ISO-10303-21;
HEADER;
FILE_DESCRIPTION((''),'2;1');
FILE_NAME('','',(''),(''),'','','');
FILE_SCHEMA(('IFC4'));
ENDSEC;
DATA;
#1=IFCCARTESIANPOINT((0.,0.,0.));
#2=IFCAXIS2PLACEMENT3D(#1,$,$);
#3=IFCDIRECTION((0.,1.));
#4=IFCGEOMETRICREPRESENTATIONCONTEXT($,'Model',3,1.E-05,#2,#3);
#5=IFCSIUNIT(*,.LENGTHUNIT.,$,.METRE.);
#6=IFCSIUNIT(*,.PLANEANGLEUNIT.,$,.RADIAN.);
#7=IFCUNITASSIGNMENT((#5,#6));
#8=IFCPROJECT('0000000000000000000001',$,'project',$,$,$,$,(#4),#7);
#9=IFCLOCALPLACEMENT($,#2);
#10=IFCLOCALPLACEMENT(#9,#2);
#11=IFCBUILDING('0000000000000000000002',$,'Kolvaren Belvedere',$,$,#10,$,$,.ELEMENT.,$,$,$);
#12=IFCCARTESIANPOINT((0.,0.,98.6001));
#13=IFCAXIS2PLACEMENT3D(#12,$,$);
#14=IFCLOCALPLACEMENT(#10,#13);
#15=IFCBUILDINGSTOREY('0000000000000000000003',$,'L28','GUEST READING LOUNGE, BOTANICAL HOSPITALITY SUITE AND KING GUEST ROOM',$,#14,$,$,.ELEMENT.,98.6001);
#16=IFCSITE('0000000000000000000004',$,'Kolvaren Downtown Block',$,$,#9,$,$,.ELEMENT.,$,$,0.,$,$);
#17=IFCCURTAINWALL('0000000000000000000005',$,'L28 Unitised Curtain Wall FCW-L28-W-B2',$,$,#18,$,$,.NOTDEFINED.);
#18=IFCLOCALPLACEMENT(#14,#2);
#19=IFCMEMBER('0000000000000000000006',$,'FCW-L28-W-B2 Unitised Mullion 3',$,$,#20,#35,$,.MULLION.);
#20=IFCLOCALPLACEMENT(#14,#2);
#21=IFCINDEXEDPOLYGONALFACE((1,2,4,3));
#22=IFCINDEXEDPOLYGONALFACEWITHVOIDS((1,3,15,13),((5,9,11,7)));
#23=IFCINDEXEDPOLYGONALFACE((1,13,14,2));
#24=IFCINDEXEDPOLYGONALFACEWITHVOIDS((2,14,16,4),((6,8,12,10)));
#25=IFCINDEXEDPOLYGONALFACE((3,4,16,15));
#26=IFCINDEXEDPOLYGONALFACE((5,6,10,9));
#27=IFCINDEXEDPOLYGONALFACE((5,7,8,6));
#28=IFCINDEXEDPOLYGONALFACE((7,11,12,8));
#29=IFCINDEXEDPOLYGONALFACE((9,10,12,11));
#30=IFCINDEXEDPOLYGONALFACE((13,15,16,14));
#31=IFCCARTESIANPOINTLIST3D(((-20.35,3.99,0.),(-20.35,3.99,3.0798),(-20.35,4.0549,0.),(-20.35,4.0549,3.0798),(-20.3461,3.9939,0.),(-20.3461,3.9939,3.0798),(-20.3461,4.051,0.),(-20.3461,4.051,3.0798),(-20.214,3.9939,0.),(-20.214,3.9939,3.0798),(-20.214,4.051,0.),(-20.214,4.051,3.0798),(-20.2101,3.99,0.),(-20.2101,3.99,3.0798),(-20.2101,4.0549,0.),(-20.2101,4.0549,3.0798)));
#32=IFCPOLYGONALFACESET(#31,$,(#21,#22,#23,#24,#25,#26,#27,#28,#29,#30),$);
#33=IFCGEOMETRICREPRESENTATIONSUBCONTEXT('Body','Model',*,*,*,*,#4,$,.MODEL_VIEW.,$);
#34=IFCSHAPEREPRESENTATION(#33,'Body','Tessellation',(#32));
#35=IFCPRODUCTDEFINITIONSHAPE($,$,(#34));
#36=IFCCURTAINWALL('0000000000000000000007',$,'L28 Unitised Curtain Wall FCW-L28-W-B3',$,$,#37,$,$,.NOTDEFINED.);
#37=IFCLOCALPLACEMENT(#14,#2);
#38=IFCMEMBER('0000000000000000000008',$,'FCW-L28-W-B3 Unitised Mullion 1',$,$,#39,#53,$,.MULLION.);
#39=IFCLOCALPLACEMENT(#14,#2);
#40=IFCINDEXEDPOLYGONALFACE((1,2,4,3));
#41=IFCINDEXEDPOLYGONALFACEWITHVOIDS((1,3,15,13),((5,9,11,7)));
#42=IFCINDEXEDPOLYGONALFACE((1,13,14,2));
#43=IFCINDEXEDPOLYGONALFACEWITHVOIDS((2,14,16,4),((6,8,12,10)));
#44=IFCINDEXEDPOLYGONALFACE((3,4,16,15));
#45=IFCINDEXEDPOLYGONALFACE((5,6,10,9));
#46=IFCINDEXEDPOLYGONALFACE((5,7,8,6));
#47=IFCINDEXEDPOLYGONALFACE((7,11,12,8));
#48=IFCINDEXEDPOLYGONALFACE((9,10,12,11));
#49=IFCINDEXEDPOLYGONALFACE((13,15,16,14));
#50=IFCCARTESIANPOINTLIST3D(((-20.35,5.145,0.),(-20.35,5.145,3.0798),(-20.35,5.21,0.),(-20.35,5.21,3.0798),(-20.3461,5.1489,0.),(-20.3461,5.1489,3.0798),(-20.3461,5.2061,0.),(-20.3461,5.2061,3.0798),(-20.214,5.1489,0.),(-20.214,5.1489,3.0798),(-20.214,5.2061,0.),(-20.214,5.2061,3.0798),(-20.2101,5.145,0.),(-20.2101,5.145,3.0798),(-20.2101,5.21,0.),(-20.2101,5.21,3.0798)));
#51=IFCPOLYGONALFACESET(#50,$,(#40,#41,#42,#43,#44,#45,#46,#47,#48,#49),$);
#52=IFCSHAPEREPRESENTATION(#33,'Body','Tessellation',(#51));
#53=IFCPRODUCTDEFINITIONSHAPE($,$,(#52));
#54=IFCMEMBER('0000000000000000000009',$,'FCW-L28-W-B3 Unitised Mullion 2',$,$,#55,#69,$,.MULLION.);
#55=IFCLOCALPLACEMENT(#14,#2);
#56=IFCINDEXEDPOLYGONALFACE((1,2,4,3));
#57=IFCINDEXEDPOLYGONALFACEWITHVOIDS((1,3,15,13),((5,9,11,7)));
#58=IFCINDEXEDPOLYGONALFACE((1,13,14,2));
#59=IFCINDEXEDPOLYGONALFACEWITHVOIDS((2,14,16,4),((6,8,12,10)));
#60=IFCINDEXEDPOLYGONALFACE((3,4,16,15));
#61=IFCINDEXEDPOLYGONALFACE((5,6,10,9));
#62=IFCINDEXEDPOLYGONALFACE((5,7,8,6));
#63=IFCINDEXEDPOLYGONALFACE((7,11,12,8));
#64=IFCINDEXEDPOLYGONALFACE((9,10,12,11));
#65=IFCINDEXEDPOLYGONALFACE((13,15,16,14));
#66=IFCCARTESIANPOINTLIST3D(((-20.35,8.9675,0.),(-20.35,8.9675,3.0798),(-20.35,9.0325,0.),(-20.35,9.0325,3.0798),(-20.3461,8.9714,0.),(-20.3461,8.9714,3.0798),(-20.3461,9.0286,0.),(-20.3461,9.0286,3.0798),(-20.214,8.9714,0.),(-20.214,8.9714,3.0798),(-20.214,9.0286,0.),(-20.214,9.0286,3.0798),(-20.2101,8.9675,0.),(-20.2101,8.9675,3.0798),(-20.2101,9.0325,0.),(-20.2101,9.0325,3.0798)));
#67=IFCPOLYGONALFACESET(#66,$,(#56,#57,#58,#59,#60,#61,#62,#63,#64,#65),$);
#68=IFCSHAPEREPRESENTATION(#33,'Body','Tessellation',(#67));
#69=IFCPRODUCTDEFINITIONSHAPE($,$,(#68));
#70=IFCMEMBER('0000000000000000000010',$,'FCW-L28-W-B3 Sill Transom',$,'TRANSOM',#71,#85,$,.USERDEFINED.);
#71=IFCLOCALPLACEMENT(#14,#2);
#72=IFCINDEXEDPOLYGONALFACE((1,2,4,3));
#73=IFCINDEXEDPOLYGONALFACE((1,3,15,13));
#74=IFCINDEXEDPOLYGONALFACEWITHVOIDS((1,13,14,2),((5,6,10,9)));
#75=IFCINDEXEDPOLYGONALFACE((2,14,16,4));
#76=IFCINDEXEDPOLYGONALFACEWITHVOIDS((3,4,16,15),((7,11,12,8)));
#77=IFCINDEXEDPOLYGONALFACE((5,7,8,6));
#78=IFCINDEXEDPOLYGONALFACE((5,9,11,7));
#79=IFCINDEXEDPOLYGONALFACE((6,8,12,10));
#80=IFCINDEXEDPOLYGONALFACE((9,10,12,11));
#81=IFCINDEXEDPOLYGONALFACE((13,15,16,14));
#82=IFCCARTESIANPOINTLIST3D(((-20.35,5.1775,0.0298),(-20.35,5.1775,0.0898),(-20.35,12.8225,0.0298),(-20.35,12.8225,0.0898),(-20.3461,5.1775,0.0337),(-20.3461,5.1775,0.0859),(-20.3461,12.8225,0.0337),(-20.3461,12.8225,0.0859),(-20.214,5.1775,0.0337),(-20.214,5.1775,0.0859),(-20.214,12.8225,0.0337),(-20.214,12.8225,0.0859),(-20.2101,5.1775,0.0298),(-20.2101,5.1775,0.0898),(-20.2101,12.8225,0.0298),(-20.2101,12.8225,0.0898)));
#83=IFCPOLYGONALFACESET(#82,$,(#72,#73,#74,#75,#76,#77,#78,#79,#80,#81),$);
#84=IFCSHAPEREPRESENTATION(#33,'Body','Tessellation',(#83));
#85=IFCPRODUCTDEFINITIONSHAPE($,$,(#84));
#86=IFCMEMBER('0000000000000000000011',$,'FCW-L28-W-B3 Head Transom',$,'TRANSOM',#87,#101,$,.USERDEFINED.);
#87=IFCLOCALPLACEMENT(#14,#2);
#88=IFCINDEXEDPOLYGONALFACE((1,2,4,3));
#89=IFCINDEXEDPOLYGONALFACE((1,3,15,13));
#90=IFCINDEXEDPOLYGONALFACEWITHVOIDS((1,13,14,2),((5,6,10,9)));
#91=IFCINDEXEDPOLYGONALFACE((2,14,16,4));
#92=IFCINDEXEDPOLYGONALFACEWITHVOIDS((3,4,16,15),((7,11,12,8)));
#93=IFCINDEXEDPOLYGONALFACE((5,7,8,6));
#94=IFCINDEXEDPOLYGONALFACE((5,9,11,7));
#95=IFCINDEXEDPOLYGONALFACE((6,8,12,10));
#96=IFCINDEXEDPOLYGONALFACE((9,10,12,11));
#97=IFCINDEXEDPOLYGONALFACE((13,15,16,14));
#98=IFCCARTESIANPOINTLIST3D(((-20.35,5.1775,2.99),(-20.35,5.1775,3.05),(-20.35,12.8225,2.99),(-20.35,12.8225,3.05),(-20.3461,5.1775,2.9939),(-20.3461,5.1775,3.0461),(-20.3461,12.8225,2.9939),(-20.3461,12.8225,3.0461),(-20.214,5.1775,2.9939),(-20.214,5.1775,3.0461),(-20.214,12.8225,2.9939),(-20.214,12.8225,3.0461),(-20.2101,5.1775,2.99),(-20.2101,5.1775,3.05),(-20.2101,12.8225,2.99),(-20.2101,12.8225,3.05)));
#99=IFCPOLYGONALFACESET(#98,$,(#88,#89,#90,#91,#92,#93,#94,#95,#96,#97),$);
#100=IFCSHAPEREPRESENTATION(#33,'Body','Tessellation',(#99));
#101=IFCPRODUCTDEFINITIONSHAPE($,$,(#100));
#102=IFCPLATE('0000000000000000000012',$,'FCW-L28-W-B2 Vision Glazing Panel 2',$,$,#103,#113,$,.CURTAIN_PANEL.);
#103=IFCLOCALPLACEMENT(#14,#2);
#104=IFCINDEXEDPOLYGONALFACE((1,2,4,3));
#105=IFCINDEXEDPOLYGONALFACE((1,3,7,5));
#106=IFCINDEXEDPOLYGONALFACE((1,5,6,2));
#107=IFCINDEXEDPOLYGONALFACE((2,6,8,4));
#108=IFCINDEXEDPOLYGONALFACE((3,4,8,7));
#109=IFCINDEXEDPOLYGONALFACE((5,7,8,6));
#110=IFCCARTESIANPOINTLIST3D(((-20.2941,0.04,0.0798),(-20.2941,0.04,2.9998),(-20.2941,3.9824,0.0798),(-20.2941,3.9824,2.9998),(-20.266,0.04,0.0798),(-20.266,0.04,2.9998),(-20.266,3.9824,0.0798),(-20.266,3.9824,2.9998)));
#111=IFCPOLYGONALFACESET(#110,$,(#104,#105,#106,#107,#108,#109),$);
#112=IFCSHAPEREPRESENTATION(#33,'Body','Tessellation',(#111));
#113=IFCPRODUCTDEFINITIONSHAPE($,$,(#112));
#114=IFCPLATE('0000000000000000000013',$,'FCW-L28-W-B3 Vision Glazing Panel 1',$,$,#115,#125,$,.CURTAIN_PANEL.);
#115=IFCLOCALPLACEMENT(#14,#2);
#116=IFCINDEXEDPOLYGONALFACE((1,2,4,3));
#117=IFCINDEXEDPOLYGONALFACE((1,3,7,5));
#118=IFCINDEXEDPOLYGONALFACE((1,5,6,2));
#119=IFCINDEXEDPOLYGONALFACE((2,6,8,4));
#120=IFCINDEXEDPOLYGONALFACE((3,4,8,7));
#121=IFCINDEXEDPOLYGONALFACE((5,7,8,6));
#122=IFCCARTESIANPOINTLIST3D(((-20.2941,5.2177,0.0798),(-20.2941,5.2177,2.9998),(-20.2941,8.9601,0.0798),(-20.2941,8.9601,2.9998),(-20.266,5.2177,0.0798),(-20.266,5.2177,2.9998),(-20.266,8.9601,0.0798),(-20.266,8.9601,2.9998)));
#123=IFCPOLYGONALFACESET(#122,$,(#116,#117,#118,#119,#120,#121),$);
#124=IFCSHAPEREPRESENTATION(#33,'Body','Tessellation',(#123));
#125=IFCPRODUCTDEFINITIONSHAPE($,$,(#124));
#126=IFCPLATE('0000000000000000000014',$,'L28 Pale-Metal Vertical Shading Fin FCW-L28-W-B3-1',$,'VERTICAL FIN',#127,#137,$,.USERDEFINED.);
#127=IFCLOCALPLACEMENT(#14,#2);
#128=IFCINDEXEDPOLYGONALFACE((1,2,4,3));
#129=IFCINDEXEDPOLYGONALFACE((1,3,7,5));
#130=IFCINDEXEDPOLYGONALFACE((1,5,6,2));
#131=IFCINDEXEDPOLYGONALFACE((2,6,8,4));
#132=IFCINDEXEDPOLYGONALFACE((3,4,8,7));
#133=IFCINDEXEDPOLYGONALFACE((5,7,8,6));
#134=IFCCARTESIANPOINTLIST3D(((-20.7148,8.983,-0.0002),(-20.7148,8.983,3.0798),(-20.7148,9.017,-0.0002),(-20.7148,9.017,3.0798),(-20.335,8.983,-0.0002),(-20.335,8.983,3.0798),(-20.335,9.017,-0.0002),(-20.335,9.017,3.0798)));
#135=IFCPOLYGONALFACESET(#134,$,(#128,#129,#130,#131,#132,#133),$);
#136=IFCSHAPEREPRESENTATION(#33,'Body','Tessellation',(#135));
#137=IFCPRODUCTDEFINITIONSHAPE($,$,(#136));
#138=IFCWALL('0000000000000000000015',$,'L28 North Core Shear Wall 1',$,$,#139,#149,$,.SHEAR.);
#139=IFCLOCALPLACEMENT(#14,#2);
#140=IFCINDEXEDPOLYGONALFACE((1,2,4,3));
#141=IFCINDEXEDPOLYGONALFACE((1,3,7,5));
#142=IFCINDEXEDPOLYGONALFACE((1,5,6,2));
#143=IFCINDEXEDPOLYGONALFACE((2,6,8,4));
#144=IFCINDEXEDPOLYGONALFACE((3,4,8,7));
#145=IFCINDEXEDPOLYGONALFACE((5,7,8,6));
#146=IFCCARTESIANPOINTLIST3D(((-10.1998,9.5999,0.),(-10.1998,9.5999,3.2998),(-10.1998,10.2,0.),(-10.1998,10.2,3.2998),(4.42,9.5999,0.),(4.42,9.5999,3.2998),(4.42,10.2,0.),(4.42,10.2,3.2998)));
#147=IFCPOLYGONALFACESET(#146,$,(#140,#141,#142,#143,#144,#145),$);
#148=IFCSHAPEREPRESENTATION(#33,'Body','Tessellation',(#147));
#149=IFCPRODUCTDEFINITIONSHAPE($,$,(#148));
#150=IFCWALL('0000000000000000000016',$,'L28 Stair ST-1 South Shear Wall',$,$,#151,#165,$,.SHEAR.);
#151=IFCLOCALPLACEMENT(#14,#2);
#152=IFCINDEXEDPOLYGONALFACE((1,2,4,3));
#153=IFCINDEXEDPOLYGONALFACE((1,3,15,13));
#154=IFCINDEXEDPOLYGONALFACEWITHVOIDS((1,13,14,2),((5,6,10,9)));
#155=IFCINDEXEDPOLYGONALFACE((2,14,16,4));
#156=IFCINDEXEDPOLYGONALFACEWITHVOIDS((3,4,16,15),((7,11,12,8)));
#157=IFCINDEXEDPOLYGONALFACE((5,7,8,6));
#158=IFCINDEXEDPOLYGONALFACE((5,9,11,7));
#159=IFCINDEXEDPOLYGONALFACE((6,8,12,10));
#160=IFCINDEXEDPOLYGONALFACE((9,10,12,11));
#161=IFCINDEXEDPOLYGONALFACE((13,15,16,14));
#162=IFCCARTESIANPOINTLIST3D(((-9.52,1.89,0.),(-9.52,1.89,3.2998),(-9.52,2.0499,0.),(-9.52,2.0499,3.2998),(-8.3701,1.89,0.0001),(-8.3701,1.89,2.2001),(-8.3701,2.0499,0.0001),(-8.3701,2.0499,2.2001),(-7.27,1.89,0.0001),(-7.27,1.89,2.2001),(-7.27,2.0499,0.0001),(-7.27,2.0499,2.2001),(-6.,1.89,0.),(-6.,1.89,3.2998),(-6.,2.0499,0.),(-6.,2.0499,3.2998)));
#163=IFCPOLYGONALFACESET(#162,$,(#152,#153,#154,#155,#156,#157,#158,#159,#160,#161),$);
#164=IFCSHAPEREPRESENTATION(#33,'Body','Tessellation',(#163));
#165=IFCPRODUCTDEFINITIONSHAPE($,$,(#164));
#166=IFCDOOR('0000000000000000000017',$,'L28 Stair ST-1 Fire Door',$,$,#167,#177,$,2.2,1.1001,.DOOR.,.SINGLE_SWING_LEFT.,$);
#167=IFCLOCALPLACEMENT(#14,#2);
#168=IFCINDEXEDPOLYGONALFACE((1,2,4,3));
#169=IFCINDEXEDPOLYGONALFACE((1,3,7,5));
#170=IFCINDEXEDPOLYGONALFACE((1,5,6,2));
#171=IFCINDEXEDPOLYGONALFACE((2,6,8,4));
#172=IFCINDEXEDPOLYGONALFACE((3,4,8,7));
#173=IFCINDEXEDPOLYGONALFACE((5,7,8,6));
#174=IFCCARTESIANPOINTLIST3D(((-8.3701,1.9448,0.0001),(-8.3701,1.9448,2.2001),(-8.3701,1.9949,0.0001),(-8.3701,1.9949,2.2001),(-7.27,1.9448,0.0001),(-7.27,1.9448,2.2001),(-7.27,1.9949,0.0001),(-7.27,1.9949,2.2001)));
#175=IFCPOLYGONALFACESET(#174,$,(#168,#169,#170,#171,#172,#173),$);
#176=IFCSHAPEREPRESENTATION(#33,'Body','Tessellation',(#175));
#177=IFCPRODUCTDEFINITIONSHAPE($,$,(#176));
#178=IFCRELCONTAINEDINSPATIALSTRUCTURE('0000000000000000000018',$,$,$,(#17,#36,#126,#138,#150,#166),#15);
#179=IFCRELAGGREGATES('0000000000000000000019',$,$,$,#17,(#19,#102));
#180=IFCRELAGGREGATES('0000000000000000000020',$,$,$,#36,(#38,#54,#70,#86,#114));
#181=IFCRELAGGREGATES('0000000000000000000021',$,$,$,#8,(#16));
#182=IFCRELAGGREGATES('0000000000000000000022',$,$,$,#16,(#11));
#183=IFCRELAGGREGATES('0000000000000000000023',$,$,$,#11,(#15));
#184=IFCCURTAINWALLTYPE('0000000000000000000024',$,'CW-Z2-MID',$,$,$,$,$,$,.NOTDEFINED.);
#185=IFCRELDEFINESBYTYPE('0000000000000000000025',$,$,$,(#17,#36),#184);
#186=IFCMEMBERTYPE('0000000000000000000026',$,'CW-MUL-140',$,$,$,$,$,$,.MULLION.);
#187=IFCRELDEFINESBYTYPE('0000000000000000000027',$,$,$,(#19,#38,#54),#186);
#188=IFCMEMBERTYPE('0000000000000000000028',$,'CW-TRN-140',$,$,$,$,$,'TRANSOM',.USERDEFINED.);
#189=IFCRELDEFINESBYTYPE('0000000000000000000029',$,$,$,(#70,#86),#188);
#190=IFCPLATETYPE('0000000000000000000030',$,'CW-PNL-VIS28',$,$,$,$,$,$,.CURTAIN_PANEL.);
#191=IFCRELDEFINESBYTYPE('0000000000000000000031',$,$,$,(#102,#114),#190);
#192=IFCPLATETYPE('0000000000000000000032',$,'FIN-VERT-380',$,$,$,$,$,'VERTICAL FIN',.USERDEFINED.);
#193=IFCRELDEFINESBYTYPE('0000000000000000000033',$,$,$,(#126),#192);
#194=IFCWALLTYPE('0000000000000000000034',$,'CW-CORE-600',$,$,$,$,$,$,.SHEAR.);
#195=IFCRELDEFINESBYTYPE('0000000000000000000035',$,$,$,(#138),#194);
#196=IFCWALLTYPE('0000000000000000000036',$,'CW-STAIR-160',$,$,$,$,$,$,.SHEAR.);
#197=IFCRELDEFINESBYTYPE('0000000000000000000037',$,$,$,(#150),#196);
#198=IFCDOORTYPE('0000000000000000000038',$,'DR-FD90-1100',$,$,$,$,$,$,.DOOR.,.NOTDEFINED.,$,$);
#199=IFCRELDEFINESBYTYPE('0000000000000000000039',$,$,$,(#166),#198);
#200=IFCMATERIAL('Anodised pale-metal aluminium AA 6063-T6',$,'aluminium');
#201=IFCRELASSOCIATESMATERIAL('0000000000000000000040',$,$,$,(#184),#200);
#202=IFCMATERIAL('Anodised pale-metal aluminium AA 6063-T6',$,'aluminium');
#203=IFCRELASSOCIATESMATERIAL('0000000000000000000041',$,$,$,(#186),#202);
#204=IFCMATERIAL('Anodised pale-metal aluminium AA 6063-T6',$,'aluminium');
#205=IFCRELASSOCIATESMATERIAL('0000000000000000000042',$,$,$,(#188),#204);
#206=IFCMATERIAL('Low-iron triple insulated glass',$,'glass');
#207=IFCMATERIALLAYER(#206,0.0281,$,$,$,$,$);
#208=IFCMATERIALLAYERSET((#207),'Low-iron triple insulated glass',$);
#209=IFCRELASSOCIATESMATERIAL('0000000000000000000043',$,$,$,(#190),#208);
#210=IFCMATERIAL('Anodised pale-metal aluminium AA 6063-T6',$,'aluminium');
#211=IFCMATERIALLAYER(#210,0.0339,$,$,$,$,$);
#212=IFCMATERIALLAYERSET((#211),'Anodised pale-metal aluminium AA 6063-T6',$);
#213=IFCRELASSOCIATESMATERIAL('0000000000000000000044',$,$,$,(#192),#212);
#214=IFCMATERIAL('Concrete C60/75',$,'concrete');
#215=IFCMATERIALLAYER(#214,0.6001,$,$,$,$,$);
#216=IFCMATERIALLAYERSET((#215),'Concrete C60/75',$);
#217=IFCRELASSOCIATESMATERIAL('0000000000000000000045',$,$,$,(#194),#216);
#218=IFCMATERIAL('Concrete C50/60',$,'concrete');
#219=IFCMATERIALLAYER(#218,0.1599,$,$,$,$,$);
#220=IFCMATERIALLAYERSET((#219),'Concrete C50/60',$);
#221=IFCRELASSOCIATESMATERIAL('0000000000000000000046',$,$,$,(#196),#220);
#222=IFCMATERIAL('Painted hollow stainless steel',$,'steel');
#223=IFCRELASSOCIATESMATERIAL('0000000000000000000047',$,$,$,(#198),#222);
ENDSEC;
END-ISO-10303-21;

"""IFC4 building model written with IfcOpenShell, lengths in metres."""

from ifc_helpers import new_model, si_unit, direction, frame, frame_2d, origin, origin_2d, place, context, subcontext, project, spatial, rectangle, hollow_rectangle, extrude, material, layer, layer_set, material_profile, profile_set, type_object, element, fill, aggregate, save


model = new_model("IFC4")

# Units and contexts
model_context = context("Model", 3, precision=1e-05, world=origin(), true_north=direction((0.0, 1.0)))
body_context = subcontext(model_context, "Body", "Model", "MODEL_VIEW")
ifc_project = project(units=[si_unit("LENGTHUNIT", "METRE"), si_unit("PLANEANGLEUNIT", "RADIAN")], contexts=[model_context])

# Site, building, storey
site_placement = place(None, origin())
site = spatial("IfcSite", under=ifc_project, at=site_placement, Name="Kolvaren Downtown Block", CompositionType="ELEMENT", RefElevation=0.0)
building_placement = place(site_placement, origin())
building = spatial("IfcBuilding", under=site, at=building_placement, Name="Kolvaren Belvedere", CompositionType="ELEMENT")
storey_placement = place(building_placement, frame((0.0, 0.0, 98.6001)))
storey = spatial("IfcBuildingStorey", under=building, at=storey_placement, Name="L28", Description="GUEST READING LOUNGE, BOTANICAL HOSPITALITY SUITE AND KING GUEST ROOM", CompositionType="ELEMENT", Elevation=98.6001)

# Curtain wall, member
ifc_material_1 = material(Name="Anodised pale-metal aluminium AA 6063-T6", Category="aluminium")
curtain_wall_type = type_object("IfcCurtainWallType", Name="CW-Z2-MID", PredefinedType="NOTDEFINED", material=ifc_material_1)
curtain_wall_1_placement = place(storey_placement, origin())
curtain_wall_1 = element("IfcCurtainWall", 1, at=curtain_wall_1_placement, inside=storey, type_object=curtain_wall_type, Name="L28 Unitised Curtain Wall FCW-L28-W-B2", PredefinedType="NOTDEFINED")
ifc_material_2 = material(Name="Anodised pale-metal aluminium AA 6063-T6", Category="aluminium")
ifc_material_profile_1 = material_profile(ifc_material_2, hollow_rectangle(XDim=0.0649, YDim=0.1399, WallThickness=0.0039, at=origin_2d()), Name="ALU-MUL-140X65")
ifc_profile_set_1 = profile_set([ifc_material_profile_1], Name="Anodised pale-metal aluminium AA 6063-T6")
member_type_1 = type_object("IfcMemberType", Name="CW-MUL-140", PredefinedType="MULLION", material=ifc_profile_set_1)
member_1_placement = place(storey_placement, frame((-20.28, 4.0225, 0.0), z_axis=(0.0, 0.0, 1.0), x_axis=(0.0, 1.0, 0.0)))
member_1 = element("IfcMember", 2, at=member_1_placement, type_object=member_type_1, Name="FCW-L28-W-B2 Unitised Mullion 3", PredefinedType="MULLION", context=body_context, shape_type="SweptSolid", body=[
    extrude(hollow_rectangle(XDim=0.0649, YDim=0.1399, WallThickness=0.0039, at=origin_2d()), origin(), (0.0, 0.0, 1.0), 3.0798),
])

# Curtain wall, members
curtain_wall_2_placement = place(storey_placement, origin())
curtain_wall_2 = element("IfcCurtainWall", 3, at=curtain_wall_2_placement, inside=storey, type_object=curtain_wall_type, Name="L28 Unitised Curtain Wall FCW-L28-W-B3", PredefinedType="NOTDEFINED")
member_2_placement = place(storey_placement, frame((-20.28, 5.1775, 0.0), z_axis=(0.0, 0.0, 1.0), x_axis=(0.0, 1.0, 0.0)))
member_2 = element("IfcMember", 4, at=member_2_placement, type_object=member_type_1, Name="FCW-L28-W-B3 Unitised Mullion 1", PredefinedType="MULLION", context=body_context, shape_type="SweptSolid", body=[
    extrude(hollow_rectangle(XDim=0.0649, YDim=0.1399, WallThickness=0.0039, at=origin_2d()), origin(), (0.0, 0.0, 1.0), 3.0798),
])
member_3_placement = place(storey_placement, frame((-20.28, 9.0, 0.0), z_axis=(0.0, 0.0, 1.0), x_axis=(0.0, 1.0, 0.0)))
member_3 = element("IfcMember", 5, at=member_3_placement, type_object=member_type_1, Name="FCW-L28-W-B3 Unitised Mullion 2", PredefinedType="MULLION", context=body_context, shape_type="SweptSolid", body=[
    extrude(hollow_rectangle(XDim=0.0649, YDim=0.1399, WallThickness=0.0039, at=origin_2d()), origin(), (0.0, 0.0, 1.0), 3.0798),
])
ifc_material_3 = material(Name="Anodised pale-metal aluminium AA 6063-T6", Category="aluminium")
ifc_material_profile_2 = material_profile(ifc_material_3, hollow_rectangle(XDim=0.0601, YDim=0.1399, WallThickness=0.0039, at=origin_2d()), Name="ALU-TRN-140X60")
ifc_profile_set_2 = profile_set([ifc_material_profile_2], Name="Anodised pale-metal aluminium AA 6063-T6")
member_type_2 = type_object("IfcMemberType", Name="CW-TRN-140", ElementType="TRANSOM", PredefinedType="USERDEFINED", material=ifc_profile_set_2)
member_4_placement = place(storey_placement, frame((-20.28, 5.1775, 0.0598), z_axis=(0.0, 1.0, 0.0), x_axis=(0.0, 0.0, 1.0)))
member_4 = element("IfcMember", 6, at=member_4_placement, type_object=member_type_2, Name="FCW-L28-W-B3 Sill Transom", ObjectType="TRANSOM", PredefinedType="USERDEFINED", context=body_context, shape_type="SweptSolid", body=[
    extrude(hollow_rectangle(XDim=0.0601, YDim=0.1399, WallThickness=0.0039, at=origin_2d()), origin(), (0.0, 0.0, 1.0), 7.645),
])
member_5_placement = place(storey_placement, frame((-20.28, 5.1775, 3.02), z_axis=(0.0, 1.0, 0.0), x_axis=(0.0, 0.0, 1.0)))
member_5 = element("IfcMember", 7, at=member_5_placement, type_object=member_type_2, Name="FCW-L28-W-B3 Head Transom", ObjectType="TRANSOM", PredefinedType="USERDEFINED", context=body_context, shape_type="SweptSolid", body=[
    extrude(hollow_rectangle(XDim=0.0601, YDim=0.1399, WallThickness=0.0039, at=origin_2d()), origin(), (0.0, 0.0, 1.0), 7.645),
])

# Plates
ifc_material_4 = material(Name="Low-iron triple insulated glass", Category="glass")
ifc_layer_1 = layer(ifc_material_4, 0.0281)
ifc_layer_set_1 = layer_set([ifc_layer_1], Name="Low-iron triple insulated glass")
plate_type_1 = type_object("IfcPlateType", Name="CW-PNL-VIS28", PredefinedType="CURTAIN_PANEL", material=ifc_layer_set_1)
plate_1_placement = place(storey_placement, frame((-20.28, 2.0112, 0.0798), z_axis=(0.0, 0.0, 1.0), x_axis=(0.0, 1.0, 0.0)))
plate_1 = element("IfcPlate", 8, at=plate_1_placement, type_object=plate_type_1, Name="FCW-L28-W-B2 Vision Glazing Panel 2", PredefinedType="CURTAIN_PANEL", context=body_context, shape_type="SweptSolid", body=[
    extrude(rectangle(XDim=3.9424, YDim=0.0281, at=origin_2d()), origin(), (0.0, 0.0, 1.0), 2.9199),
])
aggregate(curtain_wall_1, [member_1, plate_1])
plate_2_placement = place(storey_placement, frame((-20.28, 7.0889, 0.0798), z_axis=(0.0, 0.0, 1.0), x_axis=(0.0, 1.0, 0.0)))
plate_2 = element("IfcPlate", 9, at=plate_2_placement, type_object=plate_type_1, Name="FCW-L28-W-B3 Vision Glazing Panel 1", PredefinedType="CURTAIN_PANEL", context=body_context, shape_type="SweptSolid", body=[
    extrude(rectangle(XDim=3.7424, YDim=0.0281, at=origin_2d()), origin(), (0.0, 0.0, 1.0), 2.9199),
])
aggregate(curtain_wall_2, [member_2, member_3, member_4, member_5, plate_2])
ifc_material_5 = material(Name="Anodised pale-metal aluminium AA 6063-T6", Category="aluminium")
ifc_layer_2 = layer(ifc_material_5, 0.0339)
ifc_layer_set_2 = layer_set([ifc_layer_2], Name="Anodised pale-metal aluminium AA 6063-T6")
plate_type_2 = type_object("IfcPlateType", Name="FIN-VERT-380", ElementType="VERTICAL FIN", PredefinedType="USERDEFINED", material=ifc_layer_set_2)
plate_3_placement = place(storey_placement, frame((-20.5249, 9.0, -0.0002), z_axis=(0.0, 0.0, 1.0), x_axis=(1.0, 0.0, 0.0)))
element("IfcPlate", 10, at=plate_3_placement, inside=storey, type_object=plate_type_2, Name="L28 Pale-Metal Vertical Shading Fin FCW-L28-W-B3-1", ObjectType="VERTICAL FIN", PredefinedType="USERDEFINED", context=body_context, shape_type="SweptSolid", body=[
    extrude(rectangle(XDim=0.3799, YDim=0.0339, at=origin_2d()), origin(), (0.0, 0.0, 1.0), 3.0801),
])

# Wall
ifc_material_6 = material(Name="Concrete C60/75", Category="concrete")
ifc_layer_3 = layer(ifc_material_6, 0.6001)
ifc_layer_set_3 = layer_set([ifc_layer_3], Name="Concrete C60/75")
wall_type_1 = type_object("IfcWallType", Name="CW-CORE-600", PredefinedType="SHEAR", material=ifc_layer_set_3)
wall_1_placement = place(storey_placement, frame((-10.2, 9.8999, 0.0), z_axis=(0.0, 0.0, 1.0), x_axis=(1.0, 0.0, 0.0)))
element("IfcWall", 11, at=wall_1_placement, inside=storey, type_object=wall_type_1, Name="L28 North Core Shear Wall 1", PredefinedType="SHEAR", context=body_context, shape_type="SweptSolid", body=[
    extrude(rectangle(XDim=14.6199, YDim=0.6001, at=frame_2d((7.3101, 0.0))), origin(), (0.0, 0.0, 1.0), 3.2998),
])

# Wall, opening, door
ifc_material_7 = material(Name="Concrete C50/60", Category="concrete")
ifc_layer_4 = layer(ifc_material_7, 0.1599)
ifc_layer_set_4 = layer_set([ifc_layer_4], Name="Concrete C50/60")
wall_type_2 = type_object("IfcWallType", Name="CW-STAIR-160", PredefinedType="SHEAR", material=ifc_layer_set_4)
wall_2_placement = place(storey_placement, frame((-9.52, 1.97, 0.0), z_axis=(0.0, 0.0, 1.0), x_axis=(1.0, 0.0, 0.0)))
wall_2 = element("IfcWall", 12, at=wall_2_placement, inside=storey, type_object=wall_type_2, Name="L28 Stair ST-1 South Shear Wall", PredefinedType="SHEAR", context=body_context, shape_type="SweptSolid", body=[
    extrude(rectangle(XDim=3.52, YDim=0.1599, at=frame_2d((1.76, 0.0))), origin(), (0.0, 0.0, 1.0), 3.2998),
])
opening_1_placement = place(wall_2_placement, frame((1.1499, 0.0, 0.0)))
opening_1 = element("IfcOpeningElement", 13, at=opening_1_placement, cuts=wall_2, PredefinedType="OPENING", context=body_context, shape_type="SweptSolid", body=[
    extrude(rectangle(XDim=1.1001, YDim=2.2, at=frame_2d((0.55, 1.1001))), frame((0.0, 0.0898, 0.0), z_axis=(0.0, -1.0, 0.0), x_axis=(1.0, 0.0, 0.0)), (0.0, 0.0, 1.0), 0.1799),
])
ifc_material_8 = material(Name="Painted hollow stainless steel", Category="steel")
door_type_1 = type_object("IfcDoorType", Name="DR-FD90-1100", OperationType="NOTDEFINED", PredefinedType="DOOR", material=ifc_material_8)
door_1_placement = place(opening_1_placement, origin())
door_1 = element("IfcDoor", 14, at=door_1_placement, inside=storey, type_object=door_type_1, Name="L28 Stair ST-1 Fire Door", OperationType="SINGLE_SWING_LEFT", OverallHeight=2.2, OverallWidth=1.1001, PredefinedType="DOOR", context=body_context, shape_type="SweptSolid", body=[
    extrude(rectangle(XDim=1.1001, YDim=2.2, at=frame_2d((0.55, 1.1001))), frame((0.0, 0.0249, 0.0), z_axis=(0.0, -1.0, 0.0), x_axis=(1.0, 0.0, 0.0)), (0.0, 0.0, 1.0), 0.05),
])
fill(opening_1, door_1)

save(model, "model.ifc")
